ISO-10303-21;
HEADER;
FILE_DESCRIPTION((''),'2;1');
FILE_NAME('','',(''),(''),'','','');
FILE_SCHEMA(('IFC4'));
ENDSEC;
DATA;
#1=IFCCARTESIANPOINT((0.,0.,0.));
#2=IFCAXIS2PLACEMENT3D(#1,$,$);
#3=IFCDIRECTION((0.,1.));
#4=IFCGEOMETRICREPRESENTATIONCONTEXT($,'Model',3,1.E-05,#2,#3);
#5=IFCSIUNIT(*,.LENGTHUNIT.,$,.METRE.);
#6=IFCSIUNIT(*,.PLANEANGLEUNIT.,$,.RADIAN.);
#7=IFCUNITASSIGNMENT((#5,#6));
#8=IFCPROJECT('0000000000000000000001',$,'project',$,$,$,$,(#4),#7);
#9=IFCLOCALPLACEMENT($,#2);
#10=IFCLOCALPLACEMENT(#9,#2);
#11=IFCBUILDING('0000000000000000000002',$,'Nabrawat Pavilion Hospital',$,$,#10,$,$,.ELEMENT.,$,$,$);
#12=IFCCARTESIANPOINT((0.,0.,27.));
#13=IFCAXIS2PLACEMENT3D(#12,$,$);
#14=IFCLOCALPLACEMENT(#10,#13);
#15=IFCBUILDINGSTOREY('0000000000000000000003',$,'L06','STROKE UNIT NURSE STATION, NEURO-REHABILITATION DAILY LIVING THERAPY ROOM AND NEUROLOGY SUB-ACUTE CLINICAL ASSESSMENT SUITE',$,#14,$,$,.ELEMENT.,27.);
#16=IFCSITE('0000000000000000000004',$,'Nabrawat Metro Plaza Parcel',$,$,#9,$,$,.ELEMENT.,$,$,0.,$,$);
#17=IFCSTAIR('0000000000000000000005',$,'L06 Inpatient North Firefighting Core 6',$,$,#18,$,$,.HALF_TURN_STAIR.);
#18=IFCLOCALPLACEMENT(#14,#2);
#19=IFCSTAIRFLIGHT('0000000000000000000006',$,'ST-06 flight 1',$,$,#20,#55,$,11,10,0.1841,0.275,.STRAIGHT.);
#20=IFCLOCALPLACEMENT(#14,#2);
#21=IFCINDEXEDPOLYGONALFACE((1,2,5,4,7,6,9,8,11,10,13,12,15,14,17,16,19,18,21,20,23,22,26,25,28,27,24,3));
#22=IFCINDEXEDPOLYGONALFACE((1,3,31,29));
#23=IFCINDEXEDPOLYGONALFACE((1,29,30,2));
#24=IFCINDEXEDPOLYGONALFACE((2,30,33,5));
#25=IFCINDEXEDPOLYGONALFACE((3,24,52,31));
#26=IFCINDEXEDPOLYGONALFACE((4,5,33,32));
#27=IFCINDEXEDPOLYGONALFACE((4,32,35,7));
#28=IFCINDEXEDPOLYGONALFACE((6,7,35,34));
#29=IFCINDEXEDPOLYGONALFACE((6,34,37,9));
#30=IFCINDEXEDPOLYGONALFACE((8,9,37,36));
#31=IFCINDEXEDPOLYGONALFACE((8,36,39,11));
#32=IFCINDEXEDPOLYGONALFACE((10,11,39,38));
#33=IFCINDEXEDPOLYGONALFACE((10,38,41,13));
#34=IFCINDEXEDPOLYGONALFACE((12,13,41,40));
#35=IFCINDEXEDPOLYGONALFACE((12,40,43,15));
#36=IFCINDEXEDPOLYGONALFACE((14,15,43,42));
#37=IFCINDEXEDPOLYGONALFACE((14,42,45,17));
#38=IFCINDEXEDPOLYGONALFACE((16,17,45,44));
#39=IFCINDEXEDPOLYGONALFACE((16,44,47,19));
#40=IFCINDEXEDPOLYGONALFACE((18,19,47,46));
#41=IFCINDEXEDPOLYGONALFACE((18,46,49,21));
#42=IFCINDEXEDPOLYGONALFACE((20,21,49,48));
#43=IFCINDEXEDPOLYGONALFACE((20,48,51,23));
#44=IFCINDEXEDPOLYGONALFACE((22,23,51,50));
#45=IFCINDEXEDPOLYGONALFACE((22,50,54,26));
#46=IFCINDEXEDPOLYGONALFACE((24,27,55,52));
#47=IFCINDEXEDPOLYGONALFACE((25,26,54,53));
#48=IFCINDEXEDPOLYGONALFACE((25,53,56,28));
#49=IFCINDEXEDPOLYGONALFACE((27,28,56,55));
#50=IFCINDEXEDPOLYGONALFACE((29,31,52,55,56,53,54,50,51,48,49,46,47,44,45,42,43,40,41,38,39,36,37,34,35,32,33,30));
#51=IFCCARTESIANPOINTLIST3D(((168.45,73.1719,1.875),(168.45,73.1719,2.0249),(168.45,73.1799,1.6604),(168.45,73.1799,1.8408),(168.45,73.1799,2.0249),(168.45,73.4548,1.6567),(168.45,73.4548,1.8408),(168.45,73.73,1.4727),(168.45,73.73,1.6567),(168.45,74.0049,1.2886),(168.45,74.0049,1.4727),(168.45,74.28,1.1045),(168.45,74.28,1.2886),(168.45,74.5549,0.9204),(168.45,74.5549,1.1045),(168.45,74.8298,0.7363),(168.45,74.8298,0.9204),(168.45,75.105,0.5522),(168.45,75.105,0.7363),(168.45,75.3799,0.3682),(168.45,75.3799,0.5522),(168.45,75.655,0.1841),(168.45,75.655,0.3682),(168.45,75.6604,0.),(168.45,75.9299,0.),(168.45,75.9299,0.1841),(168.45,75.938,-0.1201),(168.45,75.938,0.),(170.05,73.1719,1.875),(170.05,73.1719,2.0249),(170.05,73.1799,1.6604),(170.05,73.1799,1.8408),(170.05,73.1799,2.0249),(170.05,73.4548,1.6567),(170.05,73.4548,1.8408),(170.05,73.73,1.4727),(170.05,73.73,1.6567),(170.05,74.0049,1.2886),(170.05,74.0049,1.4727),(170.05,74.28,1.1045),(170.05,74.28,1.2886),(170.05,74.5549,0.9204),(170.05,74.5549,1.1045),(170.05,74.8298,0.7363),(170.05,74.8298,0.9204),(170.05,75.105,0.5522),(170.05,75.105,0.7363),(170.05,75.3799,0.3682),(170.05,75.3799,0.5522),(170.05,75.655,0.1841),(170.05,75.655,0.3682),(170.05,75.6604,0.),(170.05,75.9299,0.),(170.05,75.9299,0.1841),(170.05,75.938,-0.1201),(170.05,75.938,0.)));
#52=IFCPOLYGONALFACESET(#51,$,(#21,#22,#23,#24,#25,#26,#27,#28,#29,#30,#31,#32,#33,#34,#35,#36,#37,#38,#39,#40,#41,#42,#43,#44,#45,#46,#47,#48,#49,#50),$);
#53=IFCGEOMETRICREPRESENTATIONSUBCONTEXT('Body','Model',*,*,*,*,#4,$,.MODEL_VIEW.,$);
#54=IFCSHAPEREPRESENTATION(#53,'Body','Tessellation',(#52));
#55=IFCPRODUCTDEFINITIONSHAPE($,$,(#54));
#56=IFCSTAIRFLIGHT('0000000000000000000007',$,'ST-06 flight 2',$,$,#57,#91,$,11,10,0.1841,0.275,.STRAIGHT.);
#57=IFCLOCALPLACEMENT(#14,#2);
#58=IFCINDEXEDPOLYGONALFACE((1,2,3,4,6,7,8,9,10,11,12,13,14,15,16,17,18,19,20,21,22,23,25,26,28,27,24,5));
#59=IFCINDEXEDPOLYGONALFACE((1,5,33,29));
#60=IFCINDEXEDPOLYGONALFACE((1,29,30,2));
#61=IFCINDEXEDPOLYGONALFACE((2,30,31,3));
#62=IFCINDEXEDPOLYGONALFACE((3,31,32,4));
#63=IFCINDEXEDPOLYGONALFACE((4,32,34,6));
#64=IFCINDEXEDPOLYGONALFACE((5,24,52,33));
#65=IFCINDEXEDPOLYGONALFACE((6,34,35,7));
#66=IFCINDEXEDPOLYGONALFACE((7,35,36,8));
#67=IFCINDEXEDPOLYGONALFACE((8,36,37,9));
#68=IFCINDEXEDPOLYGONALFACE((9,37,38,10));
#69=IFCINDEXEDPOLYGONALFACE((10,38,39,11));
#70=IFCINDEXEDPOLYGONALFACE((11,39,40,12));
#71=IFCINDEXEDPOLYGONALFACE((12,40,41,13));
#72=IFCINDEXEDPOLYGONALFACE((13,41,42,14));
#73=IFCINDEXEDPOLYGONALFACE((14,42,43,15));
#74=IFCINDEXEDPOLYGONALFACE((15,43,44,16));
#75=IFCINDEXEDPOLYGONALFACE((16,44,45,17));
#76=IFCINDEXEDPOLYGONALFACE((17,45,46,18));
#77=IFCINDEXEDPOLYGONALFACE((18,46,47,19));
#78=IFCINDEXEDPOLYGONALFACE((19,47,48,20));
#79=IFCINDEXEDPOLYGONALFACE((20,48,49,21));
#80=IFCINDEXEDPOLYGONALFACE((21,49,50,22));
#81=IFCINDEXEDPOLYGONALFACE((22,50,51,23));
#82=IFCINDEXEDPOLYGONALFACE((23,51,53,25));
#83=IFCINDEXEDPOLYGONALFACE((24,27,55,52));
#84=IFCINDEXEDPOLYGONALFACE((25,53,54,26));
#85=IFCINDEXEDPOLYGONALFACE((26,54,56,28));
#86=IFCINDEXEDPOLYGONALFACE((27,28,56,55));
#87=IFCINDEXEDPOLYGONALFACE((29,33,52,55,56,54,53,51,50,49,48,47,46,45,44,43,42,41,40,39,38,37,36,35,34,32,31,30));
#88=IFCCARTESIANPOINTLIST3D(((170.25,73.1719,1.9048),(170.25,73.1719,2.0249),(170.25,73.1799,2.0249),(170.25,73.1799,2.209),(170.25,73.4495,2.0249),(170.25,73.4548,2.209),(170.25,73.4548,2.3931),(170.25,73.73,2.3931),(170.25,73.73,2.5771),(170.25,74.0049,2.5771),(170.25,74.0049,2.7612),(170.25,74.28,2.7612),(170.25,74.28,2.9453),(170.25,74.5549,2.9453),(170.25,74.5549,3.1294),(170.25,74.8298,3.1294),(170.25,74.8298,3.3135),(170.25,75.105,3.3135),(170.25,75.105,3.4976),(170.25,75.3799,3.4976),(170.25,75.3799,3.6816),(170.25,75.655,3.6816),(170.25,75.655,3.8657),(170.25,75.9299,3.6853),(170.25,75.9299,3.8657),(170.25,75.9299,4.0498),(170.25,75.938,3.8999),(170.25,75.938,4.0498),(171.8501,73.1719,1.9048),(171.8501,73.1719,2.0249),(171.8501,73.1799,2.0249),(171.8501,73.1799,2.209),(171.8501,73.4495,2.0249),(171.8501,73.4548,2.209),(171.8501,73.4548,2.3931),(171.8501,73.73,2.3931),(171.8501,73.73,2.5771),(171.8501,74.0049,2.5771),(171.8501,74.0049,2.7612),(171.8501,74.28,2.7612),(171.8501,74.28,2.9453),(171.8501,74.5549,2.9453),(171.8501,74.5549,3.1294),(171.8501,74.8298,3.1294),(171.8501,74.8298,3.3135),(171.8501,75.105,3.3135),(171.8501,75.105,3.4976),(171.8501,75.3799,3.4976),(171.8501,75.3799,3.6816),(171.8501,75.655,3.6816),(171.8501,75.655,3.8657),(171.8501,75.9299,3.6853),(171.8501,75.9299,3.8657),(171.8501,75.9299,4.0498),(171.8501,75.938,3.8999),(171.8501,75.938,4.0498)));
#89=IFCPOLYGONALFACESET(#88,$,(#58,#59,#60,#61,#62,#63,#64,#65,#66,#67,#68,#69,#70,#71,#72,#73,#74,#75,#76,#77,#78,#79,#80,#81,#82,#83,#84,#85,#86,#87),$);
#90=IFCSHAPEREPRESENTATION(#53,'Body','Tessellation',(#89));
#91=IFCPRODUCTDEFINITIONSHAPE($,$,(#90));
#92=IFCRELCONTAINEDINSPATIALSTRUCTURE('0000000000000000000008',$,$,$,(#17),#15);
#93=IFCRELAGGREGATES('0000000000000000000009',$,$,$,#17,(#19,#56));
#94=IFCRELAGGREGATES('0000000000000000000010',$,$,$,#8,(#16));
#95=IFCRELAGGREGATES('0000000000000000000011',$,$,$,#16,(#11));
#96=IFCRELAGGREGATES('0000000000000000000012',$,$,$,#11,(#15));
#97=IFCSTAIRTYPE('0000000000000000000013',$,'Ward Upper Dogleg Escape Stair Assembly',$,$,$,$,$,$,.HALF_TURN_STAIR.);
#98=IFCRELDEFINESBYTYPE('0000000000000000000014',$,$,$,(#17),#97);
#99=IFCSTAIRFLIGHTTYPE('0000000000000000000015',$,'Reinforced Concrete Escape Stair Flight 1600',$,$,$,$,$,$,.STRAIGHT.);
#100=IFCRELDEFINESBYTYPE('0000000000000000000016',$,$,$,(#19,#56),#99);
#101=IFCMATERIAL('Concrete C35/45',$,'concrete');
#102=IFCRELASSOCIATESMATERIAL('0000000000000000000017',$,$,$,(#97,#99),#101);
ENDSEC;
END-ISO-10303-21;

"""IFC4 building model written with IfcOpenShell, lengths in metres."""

from ifc_helpers import new_model, si_unit, direction, frame, origin, place, context, subcontext, project, spatial, polyline, outline, extrude, material, type_object, element, aggregate, save


model = new_model("IFC4")

# Units and contexts
model_context = context("Model", 3, precision=1e-05, world=origin(), true_north=direction((0.0, 1.0)))
body_context = subcontext(model_context, "Body", "Model", "MODEL_VIEW")
ifc_project = project(units=[si_unit("LENGTHUNIT", "METRE"), si_unit("PLANEANGLEUNIT", "RADIAN")], contexts=[model_context])

# Site, building, storey
site_placement = place(None, origin())
site = spatial("IfcSite", under=ifc_project, at=site_placement, Name="Nabrawat Metro Plaza Parcel", CompositionType="ELEMENT", RefElevation=0.0)
building_placement = place(site_placement, origin())
building = spatial("IfcBuilding", under=site, at=building_placement, Name="Nabrawat Pavilion Hospital", CompositionType="ELEMENT")
storey_placement = place(building_placement, frame((0.0, 0.0, 27.0)))
storey = spatial("IfcBuildingStorey", under=building, at=storey_placement, Name="L06", Description="STROKE UNIT NURSE STATION, NEURO-REHABILITATION DAILY LIVING THERAPY ROOM AND NEUROLOGY SUB-ACUTE CLINICAL ASSESSMENT SUITE", CompositionType="ELEMENT", Elevation=27.0)

# Shared definitions
ifc_material_1 = material(Name="Concrete C35/45", Category="concrete")

# Stair, stair flights
stair_type = type_object("IfcStairType", Name="Ward Upper Dogleg Escape Stair Assembly", PredefinedType="HALF_TURN_STAIR", material=ifc_material_1)
stair_placement = place(storey_placement, origin())
stair = element("IfcStair", 1, at=stair_placement, inside=storey, type_object=stair_type, Name="L06 Inpatient North Firefighting Core 6", PredefinedType="HALF_TURN_STAIR")
stair_flight_type = type_object("IfcStairFlightType", Name="Reinforced Concrete Escape Stair Flight 1600", PredefinedType="STRAIGHT", material=ifc_material_1)
stair_flight_1_placement = place(storey_placement, frame((169.25, 75.9299, 0.0), z_axis=(0.0, 0.0, 1.0), x_axis=(0.0, -1.0, 0.0)))
stair_flight_1 = element("IfcStairFlight", 2, at=stair_flight_1_placement, type_object=stair_flight_type, Name="ST-06 flight 1", NumberOfRisers=11, NumberOfTreads=10, PredefinedType="STRAIGHT", RiserHeight=0.1841, TreadLength=0.275, context=body_context, shape_type="SweptSolid", body=[
    extrude(outline(polyline([(-0.0081, 0.0), (0.0, 0.0), (0.0, 0.1841), (0.2749, 0.1841), (0.2749, 0.3682), (0.55, 0.3682), (0.55, 0.5522), (0.825, 0.5522), (0.825, 0.7363), (1.1001, 0.7363), (1.1001, 0.9204), (1.375, 0.9204), (1.375, 1.1045), (1.6499, 1.1045), (1.6499, 1.2886), (1.925, 1.2886), (1.925, 1.4727), (2.2, 1.4727), (2.2, 1.6567), (2.4751, 1.6567), (2.4751, 1.8408), (2.75, 1.8408), (2.75, 2.0249), (2.7581, 2.0249), (2.7581, 1.875), (2.75, 1.6604), (0.2695, 0.0), (-0.0081, -0.1201), (-0.0081, 0.0)])), frame((0.0, 0.8, 0.0), z_axis=(0.0, -1.0, 0.0), x_axis=(1.0, 0.0, 0.0)), (0.0, 0.0, 1.0), 1.6001),
])
stair_flight_2_placement = place(storey_placement, frame((171.05, 73.1799, 2.0249), z_axis=(0.0, 0.0, 1.0), x_axis=(0.0, 1.0, 0.0)))
stair_flight_2 = element("IfcStairFlight", 3, at=stair_flight_2_placement, type_object=stair_flight_type, Name="ST-06 flight 2", NumberOfRisers=11, NumberOfTreads=10, PredefinedType="STRAIGHT", RiserHeight=0.1841, TreadLength=0.275, context=body_context, shape_type="SweptSolid", body=[
    extrude(outline(polyline([(-0.0081, 0.0), (0.0, 0.0), (0.0, 0.1841), (0.2749, 0.1841), (0.2749, 0.3682), (0.55, 0.3682), (0.55, 0.5522), (0.825, 0.5522), (0.825, 0.7363), (1.1001, 0.7363), (1.1001, 0.9204), (1.375, 0.9204), (1.375, 1.1045), (1.6499, 1.1045), (1.6499, 1.2886), (1.925, 1.2886), (1.925, 1.4727), (2.2, 1.4727), (2.2, 1.6567), (2.4751, 1.6567), (2.4751, 1.8408), (2.75, 1.8408), (2.75, 2.0249), (2.7581, 2.0249), (2.7581, 1.875), (2.75, 1.6604), (0.2695, 0.0), (-0.0081, -0.1201), (-0.0081, 0.0)])), frame((0.0, 0.8, 0.0), z_axis=(0.0, -1.0, 0.0), x_axis=(1.0, 0.0, 0.0)), (0.0, 0.0, 1.0), 1.6001),
])
aggregate(stair, [stair_flight_1, stair_flight_2])

save(model, "model.ifc")
